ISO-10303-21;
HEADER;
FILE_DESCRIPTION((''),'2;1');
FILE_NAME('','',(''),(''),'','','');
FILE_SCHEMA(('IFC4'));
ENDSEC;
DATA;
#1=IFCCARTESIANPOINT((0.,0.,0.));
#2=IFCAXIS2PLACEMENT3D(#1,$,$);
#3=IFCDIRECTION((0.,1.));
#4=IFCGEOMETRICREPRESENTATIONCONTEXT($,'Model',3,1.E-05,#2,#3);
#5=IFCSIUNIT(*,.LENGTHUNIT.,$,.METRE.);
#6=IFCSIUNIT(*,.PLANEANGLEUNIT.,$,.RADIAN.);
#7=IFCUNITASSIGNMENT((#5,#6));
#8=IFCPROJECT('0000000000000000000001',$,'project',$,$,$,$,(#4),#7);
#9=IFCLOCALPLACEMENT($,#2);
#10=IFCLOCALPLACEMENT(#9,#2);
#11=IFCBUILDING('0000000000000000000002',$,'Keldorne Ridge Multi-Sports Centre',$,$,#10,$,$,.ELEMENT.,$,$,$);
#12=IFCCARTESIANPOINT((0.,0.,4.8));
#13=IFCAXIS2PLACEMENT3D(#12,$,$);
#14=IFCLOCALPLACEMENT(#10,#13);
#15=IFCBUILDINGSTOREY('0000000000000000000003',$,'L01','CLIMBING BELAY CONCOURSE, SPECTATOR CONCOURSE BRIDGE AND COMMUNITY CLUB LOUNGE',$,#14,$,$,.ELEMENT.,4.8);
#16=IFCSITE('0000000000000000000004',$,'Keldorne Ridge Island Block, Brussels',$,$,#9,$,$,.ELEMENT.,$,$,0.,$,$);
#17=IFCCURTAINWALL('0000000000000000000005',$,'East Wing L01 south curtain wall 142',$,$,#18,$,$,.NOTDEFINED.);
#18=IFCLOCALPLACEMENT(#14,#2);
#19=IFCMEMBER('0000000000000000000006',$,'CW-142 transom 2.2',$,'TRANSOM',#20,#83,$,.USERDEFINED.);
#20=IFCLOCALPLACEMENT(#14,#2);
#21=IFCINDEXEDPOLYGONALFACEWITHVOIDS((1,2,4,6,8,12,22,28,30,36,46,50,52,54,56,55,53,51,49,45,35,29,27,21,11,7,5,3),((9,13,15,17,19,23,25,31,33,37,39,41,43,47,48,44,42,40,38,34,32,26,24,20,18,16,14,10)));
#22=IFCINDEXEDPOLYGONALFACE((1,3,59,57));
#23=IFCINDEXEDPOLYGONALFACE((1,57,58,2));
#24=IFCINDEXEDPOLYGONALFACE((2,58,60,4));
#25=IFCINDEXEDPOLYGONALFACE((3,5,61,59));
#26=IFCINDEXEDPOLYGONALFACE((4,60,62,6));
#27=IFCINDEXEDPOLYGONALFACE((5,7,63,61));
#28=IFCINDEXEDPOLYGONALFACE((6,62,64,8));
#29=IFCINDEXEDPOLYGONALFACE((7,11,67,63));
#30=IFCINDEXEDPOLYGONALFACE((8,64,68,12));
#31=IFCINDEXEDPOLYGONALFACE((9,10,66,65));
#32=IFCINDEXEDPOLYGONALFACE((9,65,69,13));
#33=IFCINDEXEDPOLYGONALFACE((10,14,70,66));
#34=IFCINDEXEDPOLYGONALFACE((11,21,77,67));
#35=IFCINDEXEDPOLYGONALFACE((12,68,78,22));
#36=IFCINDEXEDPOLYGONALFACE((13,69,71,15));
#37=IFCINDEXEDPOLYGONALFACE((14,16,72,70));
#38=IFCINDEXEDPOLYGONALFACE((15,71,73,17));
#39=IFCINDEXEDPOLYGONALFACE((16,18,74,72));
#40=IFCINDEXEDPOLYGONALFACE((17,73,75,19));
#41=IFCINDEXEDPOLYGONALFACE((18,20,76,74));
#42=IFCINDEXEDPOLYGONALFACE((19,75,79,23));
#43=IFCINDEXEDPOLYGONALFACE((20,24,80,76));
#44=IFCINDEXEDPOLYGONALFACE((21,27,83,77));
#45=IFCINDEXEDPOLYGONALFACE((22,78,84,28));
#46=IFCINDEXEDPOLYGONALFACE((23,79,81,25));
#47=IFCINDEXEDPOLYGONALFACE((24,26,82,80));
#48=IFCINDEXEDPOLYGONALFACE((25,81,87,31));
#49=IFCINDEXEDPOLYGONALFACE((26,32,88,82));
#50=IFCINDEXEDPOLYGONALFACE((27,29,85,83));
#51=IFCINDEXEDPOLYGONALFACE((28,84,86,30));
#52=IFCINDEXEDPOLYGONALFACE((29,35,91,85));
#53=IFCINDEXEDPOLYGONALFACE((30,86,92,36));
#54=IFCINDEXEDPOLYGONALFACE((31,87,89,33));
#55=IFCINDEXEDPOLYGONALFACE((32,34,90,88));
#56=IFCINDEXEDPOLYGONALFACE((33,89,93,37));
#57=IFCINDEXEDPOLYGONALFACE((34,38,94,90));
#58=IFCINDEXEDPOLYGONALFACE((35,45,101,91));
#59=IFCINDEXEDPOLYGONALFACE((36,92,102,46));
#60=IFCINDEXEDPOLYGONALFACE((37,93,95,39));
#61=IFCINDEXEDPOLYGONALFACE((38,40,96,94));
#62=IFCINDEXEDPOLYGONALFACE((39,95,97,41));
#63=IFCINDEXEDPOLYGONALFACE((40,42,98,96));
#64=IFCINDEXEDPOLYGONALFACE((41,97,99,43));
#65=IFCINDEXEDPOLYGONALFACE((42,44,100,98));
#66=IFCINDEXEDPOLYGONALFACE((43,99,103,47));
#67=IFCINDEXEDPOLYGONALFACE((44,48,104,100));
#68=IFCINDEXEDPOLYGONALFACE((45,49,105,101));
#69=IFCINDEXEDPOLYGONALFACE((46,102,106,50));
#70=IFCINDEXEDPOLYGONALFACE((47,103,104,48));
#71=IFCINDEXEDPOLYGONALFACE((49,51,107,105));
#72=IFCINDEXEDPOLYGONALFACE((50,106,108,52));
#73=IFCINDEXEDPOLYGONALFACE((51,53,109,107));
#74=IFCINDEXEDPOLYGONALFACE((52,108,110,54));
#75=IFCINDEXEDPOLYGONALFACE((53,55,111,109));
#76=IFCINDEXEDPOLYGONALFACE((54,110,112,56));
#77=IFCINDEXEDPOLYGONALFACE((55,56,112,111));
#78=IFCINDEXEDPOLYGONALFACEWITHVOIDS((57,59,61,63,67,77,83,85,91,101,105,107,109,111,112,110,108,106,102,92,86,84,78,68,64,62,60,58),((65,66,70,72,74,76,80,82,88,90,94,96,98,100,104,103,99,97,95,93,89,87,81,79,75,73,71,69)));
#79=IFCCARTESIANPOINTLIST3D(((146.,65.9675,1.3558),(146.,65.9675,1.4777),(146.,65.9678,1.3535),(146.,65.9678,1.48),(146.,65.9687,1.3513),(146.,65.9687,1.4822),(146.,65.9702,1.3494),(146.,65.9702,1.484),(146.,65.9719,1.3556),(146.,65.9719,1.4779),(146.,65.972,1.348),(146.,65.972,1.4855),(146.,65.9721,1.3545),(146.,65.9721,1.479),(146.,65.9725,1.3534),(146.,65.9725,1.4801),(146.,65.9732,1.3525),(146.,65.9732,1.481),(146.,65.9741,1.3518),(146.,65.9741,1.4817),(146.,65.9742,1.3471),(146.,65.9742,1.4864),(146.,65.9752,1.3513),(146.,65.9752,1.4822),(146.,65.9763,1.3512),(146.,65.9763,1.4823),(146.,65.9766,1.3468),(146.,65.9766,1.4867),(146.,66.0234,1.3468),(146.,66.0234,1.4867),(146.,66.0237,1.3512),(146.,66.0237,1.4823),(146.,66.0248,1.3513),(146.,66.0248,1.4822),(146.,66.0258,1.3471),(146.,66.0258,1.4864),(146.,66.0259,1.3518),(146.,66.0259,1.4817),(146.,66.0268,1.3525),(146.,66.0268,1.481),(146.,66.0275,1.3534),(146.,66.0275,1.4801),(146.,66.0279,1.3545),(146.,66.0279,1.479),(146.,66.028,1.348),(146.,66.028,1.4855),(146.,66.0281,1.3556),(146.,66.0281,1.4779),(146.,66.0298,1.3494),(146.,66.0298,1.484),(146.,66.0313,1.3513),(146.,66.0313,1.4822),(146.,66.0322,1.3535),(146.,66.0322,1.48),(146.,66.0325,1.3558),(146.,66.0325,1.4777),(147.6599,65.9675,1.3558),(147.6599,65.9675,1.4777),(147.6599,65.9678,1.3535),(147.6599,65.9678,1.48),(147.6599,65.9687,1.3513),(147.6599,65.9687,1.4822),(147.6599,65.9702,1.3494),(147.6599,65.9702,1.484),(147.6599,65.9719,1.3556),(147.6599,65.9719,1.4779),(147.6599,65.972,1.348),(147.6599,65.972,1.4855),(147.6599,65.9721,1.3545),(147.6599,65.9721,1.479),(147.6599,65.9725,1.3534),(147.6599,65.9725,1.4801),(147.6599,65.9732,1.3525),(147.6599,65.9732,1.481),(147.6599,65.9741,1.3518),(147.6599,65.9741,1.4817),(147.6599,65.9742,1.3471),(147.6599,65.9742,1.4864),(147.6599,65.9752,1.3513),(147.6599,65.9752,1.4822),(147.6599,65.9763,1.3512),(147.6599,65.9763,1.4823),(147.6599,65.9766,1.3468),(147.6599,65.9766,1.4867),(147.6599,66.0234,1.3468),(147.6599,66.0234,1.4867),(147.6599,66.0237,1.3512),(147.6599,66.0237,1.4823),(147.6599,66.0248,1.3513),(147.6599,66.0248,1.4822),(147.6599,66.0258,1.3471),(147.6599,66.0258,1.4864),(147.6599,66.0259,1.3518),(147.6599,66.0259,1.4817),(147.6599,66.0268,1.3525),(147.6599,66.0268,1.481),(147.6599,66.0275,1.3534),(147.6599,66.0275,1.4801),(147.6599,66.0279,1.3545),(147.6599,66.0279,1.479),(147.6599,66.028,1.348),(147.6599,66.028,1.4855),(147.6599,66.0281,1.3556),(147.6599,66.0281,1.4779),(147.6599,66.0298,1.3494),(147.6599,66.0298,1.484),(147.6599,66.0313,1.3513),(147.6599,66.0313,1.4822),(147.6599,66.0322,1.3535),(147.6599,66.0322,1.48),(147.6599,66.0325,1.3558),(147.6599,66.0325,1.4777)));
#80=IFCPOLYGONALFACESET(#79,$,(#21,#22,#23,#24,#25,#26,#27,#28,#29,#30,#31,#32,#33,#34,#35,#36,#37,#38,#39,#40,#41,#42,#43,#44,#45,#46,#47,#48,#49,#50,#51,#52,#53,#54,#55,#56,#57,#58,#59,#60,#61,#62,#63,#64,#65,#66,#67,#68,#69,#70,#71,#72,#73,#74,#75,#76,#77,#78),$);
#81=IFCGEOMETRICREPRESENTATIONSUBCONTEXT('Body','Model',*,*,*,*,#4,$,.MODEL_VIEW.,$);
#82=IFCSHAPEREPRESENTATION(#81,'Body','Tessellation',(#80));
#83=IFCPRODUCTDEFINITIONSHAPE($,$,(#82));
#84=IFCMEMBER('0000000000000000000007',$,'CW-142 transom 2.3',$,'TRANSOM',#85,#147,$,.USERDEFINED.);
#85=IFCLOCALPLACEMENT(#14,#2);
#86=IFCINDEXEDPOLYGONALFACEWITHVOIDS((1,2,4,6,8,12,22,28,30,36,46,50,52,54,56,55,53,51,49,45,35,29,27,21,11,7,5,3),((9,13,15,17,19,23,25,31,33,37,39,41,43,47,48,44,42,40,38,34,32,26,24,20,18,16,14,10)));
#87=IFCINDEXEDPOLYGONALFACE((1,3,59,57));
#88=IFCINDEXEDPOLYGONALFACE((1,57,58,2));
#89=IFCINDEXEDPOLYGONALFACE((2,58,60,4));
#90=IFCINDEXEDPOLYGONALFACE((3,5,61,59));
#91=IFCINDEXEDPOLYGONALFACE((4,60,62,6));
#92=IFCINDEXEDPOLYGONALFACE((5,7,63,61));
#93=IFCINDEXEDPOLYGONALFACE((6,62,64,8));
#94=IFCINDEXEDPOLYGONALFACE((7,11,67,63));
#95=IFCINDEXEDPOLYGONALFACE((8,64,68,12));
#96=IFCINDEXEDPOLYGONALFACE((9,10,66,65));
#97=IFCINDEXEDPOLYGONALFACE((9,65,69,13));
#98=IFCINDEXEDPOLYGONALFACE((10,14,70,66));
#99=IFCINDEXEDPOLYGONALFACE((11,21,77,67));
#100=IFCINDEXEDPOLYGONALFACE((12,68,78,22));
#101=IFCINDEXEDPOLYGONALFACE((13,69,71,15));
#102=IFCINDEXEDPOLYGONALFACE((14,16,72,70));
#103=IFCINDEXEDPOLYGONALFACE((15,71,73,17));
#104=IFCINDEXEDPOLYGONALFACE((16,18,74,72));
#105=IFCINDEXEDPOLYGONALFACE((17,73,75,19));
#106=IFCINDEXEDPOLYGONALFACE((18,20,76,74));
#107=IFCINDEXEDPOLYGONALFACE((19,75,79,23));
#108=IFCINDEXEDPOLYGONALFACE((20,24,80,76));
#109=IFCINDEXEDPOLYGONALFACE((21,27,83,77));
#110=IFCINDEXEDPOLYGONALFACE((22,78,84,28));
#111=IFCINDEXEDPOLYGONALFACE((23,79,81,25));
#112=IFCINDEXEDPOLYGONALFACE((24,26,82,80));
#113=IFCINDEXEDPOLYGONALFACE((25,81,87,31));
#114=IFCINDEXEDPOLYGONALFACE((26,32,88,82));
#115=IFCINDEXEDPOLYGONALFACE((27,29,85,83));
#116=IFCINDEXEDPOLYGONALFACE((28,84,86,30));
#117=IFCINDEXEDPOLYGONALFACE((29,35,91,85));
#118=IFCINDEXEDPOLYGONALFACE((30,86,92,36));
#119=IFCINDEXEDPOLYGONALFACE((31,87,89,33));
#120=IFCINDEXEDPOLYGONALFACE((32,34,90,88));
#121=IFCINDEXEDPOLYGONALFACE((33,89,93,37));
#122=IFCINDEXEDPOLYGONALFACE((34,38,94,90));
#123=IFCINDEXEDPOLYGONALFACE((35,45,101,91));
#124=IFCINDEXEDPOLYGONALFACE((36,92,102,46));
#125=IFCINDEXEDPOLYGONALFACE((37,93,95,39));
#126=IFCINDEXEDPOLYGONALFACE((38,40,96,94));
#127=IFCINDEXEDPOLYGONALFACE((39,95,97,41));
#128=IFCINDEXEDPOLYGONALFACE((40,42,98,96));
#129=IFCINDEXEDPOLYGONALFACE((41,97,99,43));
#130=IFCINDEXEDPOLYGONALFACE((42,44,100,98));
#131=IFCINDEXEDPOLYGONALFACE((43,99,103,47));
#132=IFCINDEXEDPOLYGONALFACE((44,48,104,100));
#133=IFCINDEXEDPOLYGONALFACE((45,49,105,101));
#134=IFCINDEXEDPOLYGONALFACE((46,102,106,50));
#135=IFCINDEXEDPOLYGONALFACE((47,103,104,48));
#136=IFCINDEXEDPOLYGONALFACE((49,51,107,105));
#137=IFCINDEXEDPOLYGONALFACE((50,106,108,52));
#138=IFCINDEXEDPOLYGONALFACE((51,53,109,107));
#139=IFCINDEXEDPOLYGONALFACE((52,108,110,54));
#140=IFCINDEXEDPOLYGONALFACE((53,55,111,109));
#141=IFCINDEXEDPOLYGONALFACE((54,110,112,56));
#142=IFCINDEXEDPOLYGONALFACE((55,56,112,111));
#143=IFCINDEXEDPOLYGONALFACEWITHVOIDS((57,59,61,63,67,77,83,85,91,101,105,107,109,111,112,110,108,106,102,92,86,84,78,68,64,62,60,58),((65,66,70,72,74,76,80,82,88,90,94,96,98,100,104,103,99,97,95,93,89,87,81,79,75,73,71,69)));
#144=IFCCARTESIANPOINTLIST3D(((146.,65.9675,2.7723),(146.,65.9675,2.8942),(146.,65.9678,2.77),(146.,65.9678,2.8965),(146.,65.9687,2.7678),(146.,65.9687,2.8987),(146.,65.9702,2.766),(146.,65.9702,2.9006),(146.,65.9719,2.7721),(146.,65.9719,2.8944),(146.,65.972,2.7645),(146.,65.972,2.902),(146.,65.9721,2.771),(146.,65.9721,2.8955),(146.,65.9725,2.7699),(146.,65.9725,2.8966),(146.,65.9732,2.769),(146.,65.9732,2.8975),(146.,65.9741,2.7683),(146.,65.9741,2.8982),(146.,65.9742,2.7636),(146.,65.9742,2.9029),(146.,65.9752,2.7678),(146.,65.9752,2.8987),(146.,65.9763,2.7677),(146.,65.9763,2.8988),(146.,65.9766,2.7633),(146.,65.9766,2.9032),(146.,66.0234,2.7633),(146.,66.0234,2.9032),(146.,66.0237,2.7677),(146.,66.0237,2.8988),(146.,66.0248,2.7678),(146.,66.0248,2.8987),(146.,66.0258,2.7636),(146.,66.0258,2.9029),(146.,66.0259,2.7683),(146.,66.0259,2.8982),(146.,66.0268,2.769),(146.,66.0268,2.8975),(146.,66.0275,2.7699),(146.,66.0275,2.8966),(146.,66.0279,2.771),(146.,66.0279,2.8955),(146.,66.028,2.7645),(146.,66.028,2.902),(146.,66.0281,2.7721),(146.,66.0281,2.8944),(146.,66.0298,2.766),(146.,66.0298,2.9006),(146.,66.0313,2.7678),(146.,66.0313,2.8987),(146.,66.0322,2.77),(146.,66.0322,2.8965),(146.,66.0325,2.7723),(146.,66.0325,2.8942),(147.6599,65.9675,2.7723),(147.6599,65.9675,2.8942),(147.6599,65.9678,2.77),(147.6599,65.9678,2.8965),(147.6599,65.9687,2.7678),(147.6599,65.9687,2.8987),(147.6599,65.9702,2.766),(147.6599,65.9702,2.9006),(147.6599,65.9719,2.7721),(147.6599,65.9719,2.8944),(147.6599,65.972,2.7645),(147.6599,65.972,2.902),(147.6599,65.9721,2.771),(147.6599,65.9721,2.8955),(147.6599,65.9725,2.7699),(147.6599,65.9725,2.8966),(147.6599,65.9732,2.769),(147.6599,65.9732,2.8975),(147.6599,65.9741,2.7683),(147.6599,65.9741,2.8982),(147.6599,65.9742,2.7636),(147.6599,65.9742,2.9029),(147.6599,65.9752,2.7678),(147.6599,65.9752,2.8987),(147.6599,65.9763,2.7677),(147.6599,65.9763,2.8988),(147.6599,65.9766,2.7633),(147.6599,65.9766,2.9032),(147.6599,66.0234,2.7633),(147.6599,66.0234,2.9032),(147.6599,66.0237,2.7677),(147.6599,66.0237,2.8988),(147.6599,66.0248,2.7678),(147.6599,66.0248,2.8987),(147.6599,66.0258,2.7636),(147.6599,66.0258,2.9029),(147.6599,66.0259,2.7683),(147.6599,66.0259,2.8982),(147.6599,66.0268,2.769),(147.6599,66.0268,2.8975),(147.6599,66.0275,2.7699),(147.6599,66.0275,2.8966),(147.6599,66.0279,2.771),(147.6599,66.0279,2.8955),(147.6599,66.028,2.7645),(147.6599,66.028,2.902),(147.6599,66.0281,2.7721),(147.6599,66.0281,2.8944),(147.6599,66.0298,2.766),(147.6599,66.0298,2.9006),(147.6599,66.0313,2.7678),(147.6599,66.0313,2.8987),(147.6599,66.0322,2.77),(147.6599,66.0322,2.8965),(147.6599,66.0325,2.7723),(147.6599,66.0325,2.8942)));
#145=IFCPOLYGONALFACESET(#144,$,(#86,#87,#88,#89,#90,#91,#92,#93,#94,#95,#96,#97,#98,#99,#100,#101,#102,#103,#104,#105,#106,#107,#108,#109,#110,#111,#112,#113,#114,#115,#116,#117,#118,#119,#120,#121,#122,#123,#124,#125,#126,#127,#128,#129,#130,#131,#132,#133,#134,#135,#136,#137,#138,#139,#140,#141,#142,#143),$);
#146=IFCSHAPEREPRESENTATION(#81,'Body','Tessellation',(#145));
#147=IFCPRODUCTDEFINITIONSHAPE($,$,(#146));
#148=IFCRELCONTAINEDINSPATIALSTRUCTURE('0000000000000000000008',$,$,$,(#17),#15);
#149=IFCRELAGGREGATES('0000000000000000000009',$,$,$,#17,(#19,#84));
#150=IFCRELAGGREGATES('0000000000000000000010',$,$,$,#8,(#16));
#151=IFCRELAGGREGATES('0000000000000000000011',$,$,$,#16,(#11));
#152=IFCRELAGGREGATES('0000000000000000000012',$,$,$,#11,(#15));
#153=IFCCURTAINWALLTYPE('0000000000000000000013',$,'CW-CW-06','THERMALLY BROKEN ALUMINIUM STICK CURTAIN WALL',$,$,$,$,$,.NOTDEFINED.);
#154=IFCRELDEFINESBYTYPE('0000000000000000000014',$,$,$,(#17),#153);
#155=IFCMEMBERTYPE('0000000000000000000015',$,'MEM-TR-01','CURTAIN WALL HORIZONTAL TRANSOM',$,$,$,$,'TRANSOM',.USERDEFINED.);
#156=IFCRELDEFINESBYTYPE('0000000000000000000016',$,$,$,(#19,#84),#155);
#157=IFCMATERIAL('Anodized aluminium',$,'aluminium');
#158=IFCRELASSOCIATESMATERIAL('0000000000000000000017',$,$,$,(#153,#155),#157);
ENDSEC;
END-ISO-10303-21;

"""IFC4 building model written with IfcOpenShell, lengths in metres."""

from ifc_helpers import new_model, si_unit, direction, frame, origin, origin_2d, place, context, subcontext, project, spatial, hollow_rectangle, extrude, material, material_profile, profile_set, type_object, element, aggregate, save


model = new_model("IFC4")

# Units and contexts
model_context = context("Model", 3, precision=1e-05, world=origin(), true_north=direction((0.0, 1.0)))
body_context = subcontext(model_context, "Body", "Model", "MODEL_VIEW")
ifc_project = project(units=[si_unit("LENGTHUNIT", "METRE"), si_unit("PLANEANGLEUNIT", "RADIAN")], contexts=[model_context])

# Site, building, storey
site_placement = place(None, origin())
site = spatial("IfcSite", under=ifc_project, at=site_placement, Name="Keldorne Ridge Island Block, Brussels", CompositionType="ELEMENT", RefElevation=0.0)
building_placement = place(site_placement, origin())
building = spatial("IfcBuilding", under=site, at=building_placement, Name="Keldorne Ridge Multi-Sports Centre", CompositionType="ELEMENT")
storey_placement = place(building_placement, frame((0.0, 0.0, 4.8)))
storey = spatial("IfcBuildingStorey", under=building, at=storey_placement, Name="L01", Description="CLIMBING BELAY CONCOURSE, SPECTATOR CONCOURSE BRIDGE AND COMMUNITY CLUB LOUNGE", CompositionType="ELEMENT", Elevation=4.8)

# Shared definitions
ifc_material_1 = material(Name="Anodized aluminium", Category="aluminium")

# Curtain wall, members
curtain_wall_type_1 = type_object("IfcCurtainWallType", Name="CW-CW-06", Description="THERMALLY BROKEN ALUMINIUM STICK CURTAIN WALL", PredefinedType="NOTDEFINED", material=ifc_material_1)
curtain_wall_1_placement = place(storey_placement, origin())
curtain_wall_1 = element("IfcCurtainWall", 1, at=curtain_wall_1_placement, inside=storey, type_object=curtain_wall_type_1, Name="East Wing L01 south curtain wall 142", PredefinedType="NOTDEFINED")
ifc_material_profile_1 = material_profile(ifc_material_1, hollow_rectangle(XDim=0.0649, YDim=0.1399, WallThickness=0.0044, InnerFilletRadius=0.0044, OuterFilletRadius=0.009, at=origin_2d()), Name="ALU TRANSOM 140x65x4.5")
ifc_profile_set_1 = profile_set([ifc_material_profile_1], Name="Anodized aluminium")
member_type_1 = type_object("IfcMemberType", Name="MEM-TR-01", Description="CURTAIN WALL HORIZONTAL TRANSOM", ElementType="TRANSOM", PredefinedType="USERDEFINED", material=ifc_profile_set_1)
member_1_placement = place(storey_placement, frame((146.0, 66.0, 1.4167), z_axis=(1.0, 0.0, 0.0), x_axis=(0.0, 1.0, 0.0)))
member_1 = element("IfcMember", 2, at=member_1_placement, type_object=member_type_1, Name="CW-142 transom 2.2", ObjectType="TRANSOM", PredefinedType="USERDEFINED", context=body_context, shape_type="SweptSolid", body=[
    extrude(hollow_rectangle(XDim=0.0649, YDim=0.1399, WallThickness=0.0044, InnerFilletRadius=0.0044, OuterFilletRadius=0.009, at=origin_2d()), origin(), (0.0, 0.0, 1.0), 1.6599),
])
member_2_placement = place(storey_placement, frame((146.0, 66.0, 2.8333), z_axis=(1.0, 0.0, 0.0), x_axis=(0.0, 1.0, 0.0)))
member_2 = element("IfcMember", 3, at=member_2_placement, type_object=member_type_1, Name="CW-142 transom 2.3", ObjectType="TRANSOM", PredefinedType="USERDEFINED", context=body_context, shape_type="SweptSolid", body=[
    extrude(hollow_rectangle(XDim=0.0649, YDim=0.1399, WallThickness=0.0044, InnerFilletRadius=0.0044, OuterFilletRadius=0.009, at=origin_2d()), origin(), (0.0, 0.0, 1.0), 1.6599),
])
aggregate(curtain_wall_1, [member_1, member_2])

save(model, "model.ifc")
